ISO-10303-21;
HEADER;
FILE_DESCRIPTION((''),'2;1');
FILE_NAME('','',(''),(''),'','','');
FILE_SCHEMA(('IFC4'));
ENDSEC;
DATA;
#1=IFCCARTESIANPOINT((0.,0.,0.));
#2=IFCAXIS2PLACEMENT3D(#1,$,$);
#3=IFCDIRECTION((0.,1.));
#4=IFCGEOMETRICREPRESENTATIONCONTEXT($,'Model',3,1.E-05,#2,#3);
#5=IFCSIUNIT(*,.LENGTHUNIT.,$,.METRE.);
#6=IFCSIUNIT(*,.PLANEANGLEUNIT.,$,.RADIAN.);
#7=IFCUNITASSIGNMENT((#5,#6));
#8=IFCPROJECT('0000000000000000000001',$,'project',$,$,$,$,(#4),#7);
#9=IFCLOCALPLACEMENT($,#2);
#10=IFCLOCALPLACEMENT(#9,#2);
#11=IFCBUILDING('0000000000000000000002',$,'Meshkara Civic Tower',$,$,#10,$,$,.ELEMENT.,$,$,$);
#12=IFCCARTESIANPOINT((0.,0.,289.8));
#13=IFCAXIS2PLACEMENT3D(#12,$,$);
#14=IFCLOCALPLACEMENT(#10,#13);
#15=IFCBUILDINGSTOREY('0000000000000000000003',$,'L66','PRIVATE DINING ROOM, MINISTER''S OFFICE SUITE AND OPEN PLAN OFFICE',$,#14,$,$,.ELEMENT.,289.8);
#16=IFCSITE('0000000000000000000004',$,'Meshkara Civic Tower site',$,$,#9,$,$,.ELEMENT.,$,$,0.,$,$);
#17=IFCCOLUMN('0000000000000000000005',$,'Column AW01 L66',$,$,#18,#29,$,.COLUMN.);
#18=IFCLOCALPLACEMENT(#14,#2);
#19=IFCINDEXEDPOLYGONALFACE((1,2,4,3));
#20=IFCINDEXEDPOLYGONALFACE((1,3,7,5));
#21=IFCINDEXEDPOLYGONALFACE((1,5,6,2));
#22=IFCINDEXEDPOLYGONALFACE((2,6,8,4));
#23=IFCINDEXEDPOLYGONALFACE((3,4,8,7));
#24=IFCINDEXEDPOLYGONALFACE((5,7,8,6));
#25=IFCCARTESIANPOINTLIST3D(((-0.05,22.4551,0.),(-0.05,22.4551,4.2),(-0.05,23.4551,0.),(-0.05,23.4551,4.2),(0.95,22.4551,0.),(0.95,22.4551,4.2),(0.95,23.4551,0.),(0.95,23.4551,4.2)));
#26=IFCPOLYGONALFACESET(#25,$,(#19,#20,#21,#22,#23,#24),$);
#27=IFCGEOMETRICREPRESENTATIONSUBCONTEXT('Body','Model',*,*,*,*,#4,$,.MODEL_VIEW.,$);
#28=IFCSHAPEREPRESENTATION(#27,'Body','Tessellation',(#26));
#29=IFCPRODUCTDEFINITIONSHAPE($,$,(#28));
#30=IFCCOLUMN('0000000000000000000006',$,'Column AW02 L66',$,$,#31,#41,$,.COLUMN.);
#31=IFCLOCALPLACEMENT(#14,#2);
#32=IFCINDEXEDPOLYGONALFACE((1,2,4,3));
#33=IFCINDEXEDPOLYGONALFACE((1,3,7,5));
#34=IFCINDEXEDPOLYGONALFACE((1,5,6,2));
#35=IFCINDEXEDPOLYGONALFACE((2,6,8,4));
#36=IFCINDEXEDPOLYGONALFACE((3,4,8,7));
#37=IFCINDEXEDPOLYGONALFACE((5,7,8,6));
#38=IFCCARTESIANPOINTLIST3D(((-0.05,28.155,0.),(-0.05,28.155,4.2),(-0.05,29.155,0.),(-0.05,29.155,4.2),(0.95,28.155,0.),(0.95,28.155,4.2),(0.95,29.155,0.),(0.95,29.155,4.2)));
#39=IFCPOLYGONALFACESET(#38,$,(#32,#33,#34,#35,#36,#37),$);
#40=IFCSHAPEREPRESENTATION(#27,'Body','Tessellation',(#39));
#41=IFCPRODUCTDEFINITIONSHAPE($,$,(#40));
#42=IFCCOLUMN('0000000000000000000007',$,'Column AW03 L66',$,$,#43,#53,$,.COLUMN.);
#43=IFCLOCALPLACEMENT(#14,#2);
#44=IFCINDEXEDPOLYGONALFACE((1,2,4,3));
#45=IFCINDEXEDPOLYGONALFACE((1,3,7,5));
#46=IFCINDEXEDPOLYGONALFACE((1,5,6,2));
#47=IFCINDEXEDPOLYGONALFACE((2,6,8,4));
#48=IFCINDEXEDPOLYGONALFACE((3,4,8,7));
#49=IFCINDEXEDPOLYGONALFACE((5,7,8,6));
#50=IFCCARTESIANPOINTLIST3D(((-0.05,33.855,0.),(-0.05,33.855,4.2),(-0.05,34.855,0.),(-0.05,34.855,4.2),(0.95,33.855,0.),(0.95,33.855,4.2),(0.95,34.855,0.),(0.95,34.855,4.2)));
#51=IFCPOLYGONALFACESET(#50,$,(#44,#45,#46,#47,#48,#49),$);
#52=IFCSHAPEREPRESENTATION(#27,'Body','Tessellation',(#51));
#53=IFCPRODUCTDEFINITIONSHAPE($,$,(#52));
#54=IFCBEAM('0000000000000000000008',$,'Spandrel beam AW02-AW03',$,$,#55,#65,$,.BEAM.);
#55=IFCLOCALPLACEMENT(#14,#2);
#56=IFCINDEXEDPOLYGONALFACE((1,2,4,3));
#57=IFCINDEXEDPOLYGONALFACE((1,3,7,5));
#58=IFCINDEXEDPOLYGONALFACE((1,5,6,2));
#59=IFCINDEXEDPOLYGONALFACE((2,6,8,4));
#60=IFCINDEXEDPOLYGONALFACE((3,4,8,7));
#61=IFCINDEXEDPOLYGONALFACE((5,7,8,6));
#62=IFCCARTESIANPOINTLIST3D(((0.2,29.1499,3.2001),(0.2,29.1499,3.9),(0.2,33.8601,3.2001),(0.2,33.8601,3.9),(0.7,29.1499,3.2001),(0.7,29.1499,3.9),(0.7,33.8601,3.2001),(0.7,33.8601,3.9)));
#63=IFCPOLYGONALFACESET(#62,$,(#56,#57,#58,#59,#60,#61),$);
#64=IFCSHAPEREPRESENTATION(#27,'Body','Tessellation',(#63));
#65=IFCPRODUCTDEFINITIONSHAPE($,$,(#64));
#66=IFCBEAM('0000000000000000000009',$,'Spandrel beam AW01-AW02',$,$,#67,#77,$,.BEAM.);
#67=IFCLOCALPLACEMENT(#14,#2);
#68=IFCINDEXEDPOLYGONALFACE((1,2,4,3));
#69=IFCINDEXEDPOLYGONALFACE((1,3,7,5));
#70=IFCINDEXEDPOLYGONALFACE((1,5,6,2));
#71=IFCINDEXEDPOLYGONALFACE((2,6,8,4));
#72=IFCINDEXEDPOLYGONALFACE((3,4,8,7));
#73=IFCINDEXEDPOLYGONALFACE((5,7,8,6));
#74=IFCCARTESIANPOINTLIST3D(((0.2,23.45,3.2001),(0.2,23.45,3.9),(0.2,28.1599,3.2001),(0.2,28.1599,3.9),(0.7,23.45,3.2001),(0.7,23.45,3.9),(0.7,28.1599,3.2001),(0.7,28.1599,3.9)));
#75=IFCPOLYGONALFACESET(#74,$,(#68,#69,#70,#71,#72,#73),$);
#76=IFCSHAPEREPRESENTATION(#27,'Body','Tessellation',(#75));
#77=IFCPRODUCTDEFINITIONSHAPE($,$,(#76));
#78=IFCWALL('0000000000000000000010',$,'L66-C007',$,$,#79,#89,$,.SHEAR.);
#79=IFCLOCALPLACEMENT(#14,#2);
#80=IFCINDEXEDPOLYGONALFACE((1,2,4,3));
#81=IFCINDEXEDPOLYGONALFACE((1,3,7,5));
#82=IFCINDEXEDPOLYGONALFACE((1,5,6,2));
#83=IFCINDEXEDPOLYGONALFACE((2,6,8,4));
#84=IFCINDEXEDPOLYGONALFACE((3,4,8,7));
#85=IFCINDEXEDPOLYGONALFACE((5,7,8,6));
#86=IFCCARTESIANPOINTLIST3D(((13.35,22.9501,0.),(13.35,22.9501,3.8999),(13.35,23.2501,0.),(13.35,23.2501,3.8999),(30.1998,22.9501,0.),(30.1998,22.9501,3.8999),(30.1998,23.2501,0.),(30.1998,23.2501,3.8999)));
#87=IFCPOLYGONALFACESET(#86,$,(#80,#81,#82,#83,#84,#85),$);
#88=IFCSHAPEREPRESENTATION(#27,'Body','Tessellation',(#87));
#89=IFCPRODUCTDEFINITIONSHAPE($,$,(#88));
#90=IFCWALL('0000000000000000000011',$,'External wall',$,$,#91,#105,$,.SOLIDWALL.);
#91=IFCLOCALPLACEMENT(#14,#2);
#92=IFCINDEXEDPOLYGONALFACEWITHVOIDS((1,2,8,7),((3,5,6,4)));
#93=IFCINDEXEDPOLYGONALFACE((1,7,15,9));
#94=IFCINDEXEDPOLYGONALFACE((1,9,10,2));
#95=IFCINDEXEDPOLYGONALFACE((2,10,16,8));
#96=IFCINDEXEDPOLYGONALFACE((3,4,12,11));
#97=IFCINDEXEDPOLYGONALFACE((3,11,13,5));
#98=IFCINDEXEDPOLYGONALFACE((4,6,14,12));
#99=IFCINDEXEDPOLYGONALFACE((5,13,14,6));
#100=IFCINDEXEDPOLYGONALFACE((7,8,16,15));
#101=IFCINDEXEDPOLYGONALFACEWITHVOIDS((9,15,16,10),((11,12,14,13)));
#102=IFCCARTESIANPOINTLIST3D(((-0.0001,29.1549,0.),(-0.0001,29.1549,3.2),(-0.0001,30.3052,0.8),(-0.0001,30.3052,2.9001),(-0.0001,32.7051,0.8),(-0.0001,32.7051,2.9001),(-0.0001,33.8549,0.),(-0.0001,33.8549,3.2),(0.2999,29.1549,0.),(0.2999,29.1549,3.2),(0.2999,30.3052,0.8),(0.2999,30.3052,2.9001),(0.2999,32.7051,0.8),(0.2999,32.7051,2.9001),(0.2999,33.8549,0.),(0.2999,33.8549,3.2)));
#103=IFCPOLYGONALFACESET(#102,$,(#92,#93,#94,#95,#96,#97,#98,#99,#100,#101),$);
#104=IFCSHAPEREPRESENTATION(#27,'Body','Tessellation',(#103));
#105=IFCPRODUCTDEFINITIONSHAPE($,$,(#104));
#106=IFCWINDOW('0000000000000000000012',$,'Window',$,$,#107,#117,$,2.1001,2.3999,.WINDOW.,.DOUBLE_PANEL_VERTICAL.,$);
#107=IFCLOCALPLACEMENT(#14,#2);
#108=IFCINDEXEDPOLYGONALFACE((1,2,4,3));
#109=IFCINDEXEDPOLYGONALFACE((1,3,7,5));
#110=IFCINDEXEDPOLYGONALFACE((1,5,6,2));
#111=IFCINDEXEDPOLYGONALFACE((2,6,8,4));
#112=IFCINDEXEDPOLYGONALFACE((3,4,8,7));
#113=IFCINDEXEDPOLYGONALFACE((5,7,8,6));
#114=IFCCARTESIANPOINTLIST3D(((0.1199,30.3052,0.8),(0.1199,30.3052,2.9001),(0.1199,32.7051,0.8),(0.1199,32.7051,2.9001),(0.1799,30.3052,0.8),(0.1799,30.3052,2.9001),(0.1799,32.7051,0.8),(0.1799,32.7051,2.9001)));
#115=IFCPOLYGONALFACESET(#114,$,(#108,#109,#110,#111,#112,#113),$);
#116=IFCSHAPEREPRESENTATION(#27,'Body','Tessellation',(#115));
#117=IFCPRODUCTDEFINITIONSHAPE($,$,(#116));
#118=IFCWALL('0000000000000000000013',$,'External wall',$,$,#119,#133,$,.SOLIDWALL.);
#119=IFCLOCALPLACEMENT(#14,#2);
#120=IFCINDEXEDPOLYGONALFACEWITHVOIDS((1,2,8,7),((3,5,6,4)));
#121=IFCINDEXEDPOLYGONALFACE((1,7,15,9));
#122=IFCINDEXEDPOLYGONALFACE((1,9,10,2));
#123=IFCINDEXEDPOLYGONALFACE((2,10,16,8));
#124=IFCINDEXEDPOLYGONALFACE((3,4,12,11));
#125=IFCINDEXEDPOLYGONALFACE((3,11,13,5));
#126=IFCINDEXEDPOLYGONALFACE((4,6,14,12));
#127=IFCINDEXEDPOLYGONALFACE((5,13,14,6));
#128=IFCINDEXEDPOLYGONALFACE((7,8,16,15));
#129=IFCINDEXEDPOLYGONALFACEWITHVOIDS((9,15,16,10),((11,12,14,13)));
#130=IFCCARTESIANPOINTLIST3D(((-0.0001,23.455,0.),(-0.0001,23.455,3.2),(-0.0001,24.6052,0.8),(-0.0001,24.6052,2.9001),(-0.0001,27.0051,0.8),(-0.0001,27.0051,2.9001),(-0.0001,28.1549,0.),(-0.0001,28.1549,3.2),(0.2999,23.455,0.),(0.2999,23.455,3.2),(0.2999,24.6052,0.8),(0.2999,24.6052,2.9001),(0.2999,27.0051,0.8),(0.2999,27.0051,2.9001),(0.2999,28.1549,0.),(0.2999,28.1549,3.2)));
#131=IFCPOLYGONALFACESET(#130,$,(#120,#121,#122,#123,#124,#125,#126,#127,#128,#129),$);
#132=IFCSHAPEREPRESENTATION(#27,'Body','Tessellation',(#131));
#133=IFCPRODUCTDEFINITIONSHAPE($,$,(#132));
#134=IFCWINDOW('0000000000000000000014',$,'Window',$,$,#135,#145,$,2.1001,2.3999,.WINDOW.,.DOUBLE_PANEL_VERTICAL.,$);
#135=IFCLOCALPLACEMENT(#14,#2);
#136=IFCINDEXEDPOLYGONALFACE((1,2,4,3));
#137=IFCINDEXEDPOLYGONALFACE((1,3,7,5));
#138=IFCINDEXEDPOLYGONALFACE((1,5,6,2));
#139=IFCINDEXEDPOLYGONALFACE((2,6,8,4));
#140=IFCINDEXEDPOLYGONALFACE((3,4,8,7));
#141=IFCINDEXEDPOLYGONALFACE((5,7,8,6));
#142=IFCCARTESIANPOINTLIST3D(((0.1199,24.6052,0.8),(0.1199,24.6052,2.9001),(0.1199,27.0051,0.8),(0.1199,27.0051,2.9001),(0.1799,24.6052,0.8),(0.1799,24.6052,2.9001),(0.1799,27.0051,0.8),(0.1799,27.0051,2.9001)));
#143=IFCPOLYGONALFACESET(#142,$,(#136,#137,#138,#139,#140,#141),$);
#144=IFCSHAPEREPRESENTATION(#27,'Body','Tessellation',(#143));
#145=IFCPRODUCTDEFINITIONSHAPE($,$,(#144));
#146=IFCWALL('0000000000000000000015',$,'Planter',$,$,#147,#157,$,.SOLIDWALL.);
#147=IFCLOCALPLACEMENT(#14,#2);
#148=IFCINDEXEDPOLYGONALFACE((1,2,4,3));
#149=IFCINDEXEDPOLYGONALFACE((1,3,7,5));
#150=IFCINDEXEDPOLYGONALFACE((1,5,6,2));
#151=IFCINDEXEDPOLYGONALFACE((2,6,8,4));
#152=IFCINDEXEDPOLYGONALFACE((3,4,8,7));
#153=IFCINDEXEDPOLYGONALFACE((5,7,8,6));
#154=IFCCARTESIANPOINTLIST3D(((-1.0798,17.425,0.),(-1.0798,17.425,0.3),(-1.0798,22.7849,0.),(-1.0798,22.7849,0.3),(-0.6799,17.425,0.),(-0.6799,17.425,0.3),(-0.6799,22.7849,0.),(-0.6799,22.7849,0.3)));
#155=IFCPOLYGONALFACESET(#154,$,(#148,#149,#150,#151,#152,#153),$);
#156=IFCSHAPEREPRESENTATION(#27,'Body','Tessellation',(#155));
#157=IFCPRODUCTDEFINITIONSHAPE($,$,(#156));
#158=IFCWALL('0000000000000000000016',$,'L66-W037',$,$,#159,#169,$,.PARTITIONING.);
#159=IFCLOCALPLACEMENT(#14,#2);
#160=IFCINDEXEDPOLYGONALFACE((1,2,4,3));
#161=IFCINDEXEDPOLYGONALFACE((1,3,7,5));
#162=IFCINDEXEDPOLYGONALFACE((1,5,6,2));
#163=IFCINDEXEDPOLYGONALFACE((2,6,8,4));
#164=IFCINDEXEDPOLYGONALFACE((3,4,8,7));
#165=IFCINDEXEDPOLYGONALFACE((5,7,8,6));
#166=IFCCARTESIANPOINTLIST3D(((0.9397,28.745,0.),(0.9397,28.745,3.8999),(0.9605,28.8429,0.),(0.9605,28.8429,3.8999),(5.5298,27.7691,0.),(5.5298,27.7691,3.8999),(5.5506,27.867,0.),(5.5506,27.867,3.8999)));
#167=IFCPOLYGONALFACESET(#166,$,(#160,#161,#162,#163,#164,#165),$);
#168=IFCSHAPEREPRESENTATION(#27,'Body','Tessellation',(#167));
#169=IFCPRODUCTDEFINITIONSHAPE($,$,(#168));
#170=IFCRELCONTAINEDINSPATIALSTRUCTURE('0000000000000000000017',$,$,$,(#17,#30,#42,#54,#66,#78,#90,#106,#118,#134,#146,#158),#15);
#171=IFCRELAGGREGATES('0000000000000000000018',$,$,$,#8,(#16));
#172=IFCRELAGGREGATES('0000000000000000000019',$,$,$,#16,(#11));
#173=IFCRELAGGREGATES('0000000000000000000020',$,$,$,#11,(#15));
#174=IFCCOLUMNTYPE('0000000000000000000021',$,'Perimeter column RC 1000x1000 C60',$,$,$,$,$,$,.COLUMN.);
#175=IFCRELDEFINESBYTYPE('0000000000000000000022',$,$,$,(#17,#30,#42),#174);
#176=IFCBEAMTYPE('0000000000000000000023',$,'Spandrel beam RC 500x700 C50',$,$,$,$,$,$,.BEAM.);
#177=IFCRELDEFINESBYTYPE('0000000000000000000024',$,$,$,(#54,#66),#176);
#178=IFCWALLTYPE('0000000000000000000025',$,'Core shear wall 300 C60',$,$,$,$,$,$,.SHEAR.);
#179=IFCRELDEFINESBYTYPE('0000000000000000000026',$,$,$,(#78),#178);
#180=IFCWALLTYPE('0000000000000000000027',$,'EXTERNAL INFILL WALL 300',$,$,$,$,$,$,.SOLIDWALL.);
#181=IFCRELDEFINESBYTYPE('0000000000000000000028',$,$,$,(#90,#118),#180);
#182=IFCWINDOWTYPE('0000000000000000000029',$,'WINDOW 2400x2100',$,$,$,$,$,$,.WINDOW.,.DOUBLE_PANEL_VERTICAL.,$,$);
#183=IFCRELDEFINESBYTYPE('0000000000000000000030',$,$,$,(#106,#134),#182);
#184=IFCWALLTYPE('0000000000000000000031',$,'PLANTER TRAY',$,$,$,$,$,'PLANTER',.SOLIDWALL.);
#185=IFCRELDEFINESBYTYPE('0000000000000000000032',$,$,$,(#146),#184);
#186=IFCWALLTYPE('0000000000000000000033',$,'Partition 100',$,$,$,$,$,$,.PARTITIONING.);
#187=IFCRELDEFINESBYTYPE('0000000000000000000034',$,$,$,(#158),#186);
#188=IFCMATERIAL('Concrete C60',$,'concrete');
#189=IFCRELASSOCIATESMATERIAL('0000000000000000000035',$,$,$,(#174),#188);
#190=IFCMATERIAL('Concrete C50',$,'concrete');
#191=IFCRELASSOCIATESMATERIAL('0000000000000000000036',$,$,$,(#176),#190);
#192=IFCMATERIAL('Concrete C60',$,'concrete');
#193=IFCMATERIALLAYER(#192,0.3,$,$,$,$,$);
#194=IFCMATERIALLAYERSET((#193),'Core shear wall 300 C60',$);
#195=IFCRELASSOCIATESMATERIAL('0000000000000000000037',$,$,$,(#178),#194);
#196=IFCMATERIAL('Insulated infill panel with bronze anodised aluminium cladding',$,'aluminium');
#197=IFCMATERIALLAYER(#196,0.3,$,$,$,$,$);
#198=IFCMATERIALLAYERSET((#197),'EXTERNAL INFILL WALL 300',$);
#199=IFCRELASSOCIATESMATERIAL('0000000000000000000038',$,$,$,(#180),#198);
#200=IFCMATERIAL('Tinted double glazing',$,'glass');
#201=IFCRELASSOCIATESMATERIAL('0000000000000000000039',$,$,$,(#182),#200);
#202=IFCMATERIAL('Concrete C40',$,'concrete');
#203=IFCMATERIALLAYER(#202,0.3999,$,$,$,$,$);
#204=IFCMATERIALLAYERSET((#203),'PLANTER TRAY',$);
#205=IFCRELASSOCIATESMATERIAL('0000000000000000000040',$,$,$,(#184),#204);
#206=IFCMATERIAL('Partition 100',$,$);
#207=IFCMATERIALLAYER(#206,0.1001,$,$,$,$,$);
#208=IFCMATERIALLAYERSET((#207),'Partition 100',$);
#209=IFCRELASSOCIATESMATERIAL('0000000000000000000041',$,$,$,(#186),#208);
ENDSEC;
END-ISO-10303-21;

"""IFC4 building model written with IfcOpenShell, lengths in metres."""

from ifc_helpers import new_model, si_unit, direction, frame, frame_2d, origin, origin_2d, place, context, subcontext, project, spatial, rectangle, extrude, material, layer, layer_set, material_profile, profile_set, type_object, element, fill, save


model = new_model("IFC4")

# Units and contexts
model_context = context("Model", 3, precision=1e-05, world=origin(), true_north=direction((0.0, 1.0)))
body_context = subcontext(model_context, "Body", "Model", "MODEL_VIEW")
ifc_project = project(units=[si_unit("LENGTHUNIT", "METRE"), si_unit("PLANEANGLEUNIT", "RADIAN")], contexts=[model_context])

# Site, building, storey
site_placement = place(None, origin())
site = spatial("IfcSite", under=ifc_project, at=site_placement, Name="Meshkara Civic Tower site", CompositionType="ELEMENT", RefElevation=0.0)
building_placement = place(site_placement, origin())
building = spatial("IfcBuilding", under=site, at=building_placement, Name="Meshkara Civic Tower", CompositionType="ELEMENT")
storey_placement = place(building_placement, frame((0.0, 0.0, 289.8)))
storey = spatial("IfcBuildingStorey", under=building, at=storey_placement, Name="L66", Description="PRIVATE DINING ROOM, MINISTER'S OFFICE SUITE AND OPEN PLAN OFFICE", CompositionType="ELEMENT", Elevation=289.8)

# Columns
ifc_material_1 = material(Name="Concrete C60", Category="concrete")
ifc_material_profile_1 = material_profile(ifc_material_1, rectangle(XDim=1.0, YDim=1.0, at=origin_2d()))
ifc_profile_set_1 = profile_set([ifc_material_profile_1], Name="Concrete C60")
column_type = type_object("IfcColumnType", Name="Perimeter column RC 1000x1000 C60", PredefinedType="COLUMN", material=ifc_profile_set_1)
for number, where, z_axis, x_axis, name in (
    (1, (0.45, 22.9551, 0.0), (0.0, 0.0, 1.0), (1.0, 0.0, 0.0), "Column AW01 L66"),
    (2, (0.45, 28.655, 0.0), (0.0, 0.0, 1.0), (1.0, 0.0, 0.0), "Column AW02 L66"),
    (3, (0.45, 34.355, 0.0), (0.0, 0.0, 1.0), (1.0, 0.0, 0.0), "Column AW03 L66"),
):
    element("IfcColumn", number, at=place(storey_placement, frame(where, z_axis=z_axis, x_axis=x_axis)), inside=storey, type_object=column_type, Name=name, PredefinedType="COLUMN", context=body_context, shape_type="SweptSolid", body=[
        extrude(rectangle(XDim=1.0, YDim=1.0, at=origin_2d()), origin(), (0.0, 0.0, 1.0), 4.2),
    ])

# Beams
ifc_material_2 = material(Name="Concrete C50", Category="concrete")
ifc_material_profile_2 = material_profile(ifc_material_2, rectangle(XDim=0.5, YDim=0.7, at=origin_2d()))
ifc_profile_set_2 = profile_set([ifc_material_profile_2], Name="Concrete C50")
beam_type = type_object("IfcBeamType", Name="Spandrel beam RC 500x700 C50", PredefinedType="BEAM", material=ifc_profile_set_2)
beam_1_placement = place(storey_placement, frame((0.45, 33.8601, 3.55), z_axis=(0.0, -1.0, 0.0), x_axis=(1.0, 0.0, 0.0)))
element("IfcBeam", 4, at=beam_1_placement, inside=storey, type_object=beam_type, Name="Spandrel beam AW02-AW03", PredefinedType="BEAM", context=body_context, shape_type="SweptSolid", body=[
    extrude(rectangle(XDim=0.5, YDim=0.7, at=origin_2d()), origin(), (0.0, 0.0, 1.0), 4.7102),
])
beam_2_placement = place(storey_placement, frame((0.45, 28.1599, 3.55), z_axis=(0.0, -1.0, 0.0), x_axis=(1.0, 0.0, 0.0)))
element("IfcBeam", 5, at=beam_2_placement, inside=storey, type_object=beam_type, Name="Spandrel beam AW01-AW02", PredefinedType="BEAM", context=body_context, shape_type="SweptSolid", body=[
    extrude(rectangle(XDim=0.5, YDim=0.7, at=origin_2d()), origin(), (0.0, 0.0, 1.0), 4.71),
])

# Wall
ifc_material_3 = material(Name="Concrete C60", Category="concrete")
ifc_layer_1 = layer(ifc_material_3, 0.3)
ifc_layer_set_1 = layer_set([ifc_layer_1], Name="Core shear wall 300 C60")
wall_type_1 = type_object("IfcWallType", Name="Core shear wall 300 C60", PredefinedType="SHEAR", material=ifc_layer_set_1)
wall_1_placement = place(storey_placement, frame((13.3501, 23.1001, 0.0), z_axis=(0.0, 0.0, 1.0), x_axis=(1.0, 0.0, 0.0)))
element("IfcWall", 6, at=wall_1_placement, inside=storey, type_object=wall_type_1, Name="L66-C007", PredefinedType="SHEAR", context=body_context, shape_type="SweptSolid", body=[
    extrude(rectangle(XDim=16.8499, YDim=0.3, at=frame_2d((8.4248, 0.0))), origin(), (0.0, 0.0, 1.0), 3.8999),
])

# Walls, openings, windows
ifc_material_4 = material(Name="Insulated infill panel with bronze anodised aluminium cladding", Category="aluminium")
ifc_layer_2 = layer(ifc_material_4, 0.3)
ifc_layer_set_2 = layer_set([ifc_layer_2], Name="EXTERNAL INFILL WALL 300")
wall_type_2 = type_object("IfcWallType", Name="EXTERNAL INFILL WALL 300", PredefinedType="SOLIDWALL", material=ifc_layer_set_2)
wall_2_placement = place(storey_placement, frame((0.1499, 33.855, 0.0), z_axis=(0.0, 0.0, 1.0), x_axis=(0.0, -1.0, 0.0)))
wall_2 = element("IfcWall", 7, at=wall_2_placement, inside=storey, type_object=wall_type_2, Name="External wall", PredefinedType="SOLIDWALL", context=body_context, shape_type="SweptSolid", body=[
    extrude(rectangle(XDim=4.7, YDim=0.3, at=frame_2d((2.3501, 0.0))), origin(), (0.0, 0.0, 1.0), 3.2),
])
opening_1_placement = place(wall_2_placement, frame((1.1499, 0.0, 0.8)))
opening_1 = element("IfcOpeningElement", 8, at=opening_1_placement, cuts=wall_2, PredefinedType="OPENING", context=body_context, shape_type="SweptSolid", body=[
    extrude(rectangle(XDim=2.3999, YDim=2.1001, at=frame_2d((1.2, 1.05))), frame((0.0, 0.1599, 0.0), z_axis=(0.0, -1.0, 0.0), x_axis=(1.0, 0.0, 0.0)), (0.0, 0.0, 1.0), 0.3201),
])
ifc_material_5 = material(Name="Tinted double glazing", Category="glass")
window_type = type_object("IfcWindowType", Name="WINDOW 2400x2100", PartitioningType="DOUBLE_PANEL_VERTICAL", PredefinedType="WINDOW", material=ifc_material_5)
window_1_placement = place(opening_1_placement, origin())
window_1 = element("IfcWindow", 9, at=window_1_placement, inside=storey, type_object=window_type, Name="Window", OverallHeight=2.1001, OverallWidth=2.3999, PartitioningType="DOUBLE_PANEL_VERTICAL", PredefinedType="WINDOW", context=body_context, shape_type="SweptSolid", body=[
    extrude(rectangle(XDim=2.3999, YDim=2.1001, at=frame_2d((1.2, 1.05))), frame((0.0, 0.03, 0.0), z_axis=(0.0, -1.0, 0.0), x_axis=(1.0, 0.0, 0.0)), (0.0, 0.0, 1.0), 0.0601),
])
fill(opening_1, window_1)
wall_3_placement = place(storey_placement, frame((0.1499, 28.155, 0.0), z_axis=(0.0, 0.0, 1.0), x_axis=(0.0, -1.0, 0.0)))
wall_3 = element("IfcWall", 10, at=wall_3_placement, inside=storey, type_object=wall_type_2, Name="External wall", PredefinedType="SOLIDWALL", context=body_context, shape_type="SweptSolid", body=[
    extrude(rectangle(XDim=4.7, YDim=0.3, at=frame_2d((2.3501, 0.0))), origin(), (0.0, 0.0, 1.0), 3.2),
])
opening_2_placement = place(wall_3_placement, frame((1.1499, 0.0, 0.8)))
opening_2 = element("IfcOpeningElement", 11, at=opening_2_placement, cuts=wall_3, PredefinedType="OPENING", context=body_context, shape_type="SweptSolid", body=[
    extrude(rectangle(XDim=2.3999, YDim=2.1001, at=frame_2d((1.2, 1.05))), frame((0.0, 0.1599, 0.0), z_axis=(0.0, -1.0, 0.0), x_axis=(1.0, 0.0, 0.0)), (0.0, 0.0, 1.0), 0.3201),
])
window_2_placement = place(opening_2_placement, origin())
window_2 = element("IfcWindow", 12, at=window_2_placement, inside=storey, type_object=window_type, Name="Window", OverallHeight=2.1001, OverallWidth=2.3999, PartitioningType="DOUBLE_PANEL_VERTICAL", PredefinedType="WINDOW", context=body_context, shape_type="SweptSolid", body=[
    extrude(rectangle(XDim=2.3999, YDim=2.1001, at=frame_2d((1.2, 1.05))), frame((0.0, 0.03, 0.0), z_axis=(0.0, -1.0, 0.0), x_axis=(1.0, 0.0, 0.0)), (0.0, 0.0, 1.0), 0.0601),
])
fill(opening_2, window_2)

# Walls
ifc_material_6 = material(Name="Concrete C40", Category="concrete")
ifc_layer_3 = layer(ifc_material_6, 0.3999)
ifc_layer_set_3 = layer_set([ifc_layer_3], Name="PLANTER TRAY")
wall_type_3 = type_object("IfcWallType", Name="PLANTER TRAY", ElementType="PLANTER", PredefinedType="SOLIDWALL", material=ifc_layer_set_3)
wall_4_placement = place(storey_placement, frame((-0.8799, 22.7849, 0.0), z_axis=(0.0, 0.0, 1.0), x_axis=(0.0, -1.0, 0.0)))
element("IfcWall", 13, at=wall_4_placement, inside=storey, type_object=wall_type_3, Name="Planter", PredefinedType="SOLIDWALL", context=body_context, shape_type="SweptSolid", body=[
    extrude(rectangle(XDim=5.3599, YDim=0.3999, at=frame_2d((2.6799, 0.0))), origin(), (0.0, 0.0, 1.0), 0.3),
])
ifc_material_7 = material(Name="Partition 100")
ifc_layer_4 = layer(ifc_material_7, 0.1001)
ifc_layer_set_4 = layer_set([ifc_layer_4], Name="Partition 100")
wall_type_4 = type_object("IfcWallType", Name="Partition 100", PredefinedType="PARTITIONING", material=ifc_layer_set_4)
wall_5_placement = place(storey_placement, frame((5.54, 27.8181, 0.0), z_axis=(0.0, 0.0, 1.0), x_axis=(-0.97814, 0.207948, 0.0)))
element("IfcWall", 14, at=wall_5_placement, inside=storey, type_object=wall_type_4, Name="L66-W037", PredefinedType="PARTITIONING", context=body_context, shape_type="SweptSolid", body=[
    extrude(rectangle(XDim=4.6926, YDim=0.1001, at=frame_2d((2.3462, 0.0))), origin(), (0.0, 0.0, 1.0), 3.8999),
])

save(model, "model.ifc")
